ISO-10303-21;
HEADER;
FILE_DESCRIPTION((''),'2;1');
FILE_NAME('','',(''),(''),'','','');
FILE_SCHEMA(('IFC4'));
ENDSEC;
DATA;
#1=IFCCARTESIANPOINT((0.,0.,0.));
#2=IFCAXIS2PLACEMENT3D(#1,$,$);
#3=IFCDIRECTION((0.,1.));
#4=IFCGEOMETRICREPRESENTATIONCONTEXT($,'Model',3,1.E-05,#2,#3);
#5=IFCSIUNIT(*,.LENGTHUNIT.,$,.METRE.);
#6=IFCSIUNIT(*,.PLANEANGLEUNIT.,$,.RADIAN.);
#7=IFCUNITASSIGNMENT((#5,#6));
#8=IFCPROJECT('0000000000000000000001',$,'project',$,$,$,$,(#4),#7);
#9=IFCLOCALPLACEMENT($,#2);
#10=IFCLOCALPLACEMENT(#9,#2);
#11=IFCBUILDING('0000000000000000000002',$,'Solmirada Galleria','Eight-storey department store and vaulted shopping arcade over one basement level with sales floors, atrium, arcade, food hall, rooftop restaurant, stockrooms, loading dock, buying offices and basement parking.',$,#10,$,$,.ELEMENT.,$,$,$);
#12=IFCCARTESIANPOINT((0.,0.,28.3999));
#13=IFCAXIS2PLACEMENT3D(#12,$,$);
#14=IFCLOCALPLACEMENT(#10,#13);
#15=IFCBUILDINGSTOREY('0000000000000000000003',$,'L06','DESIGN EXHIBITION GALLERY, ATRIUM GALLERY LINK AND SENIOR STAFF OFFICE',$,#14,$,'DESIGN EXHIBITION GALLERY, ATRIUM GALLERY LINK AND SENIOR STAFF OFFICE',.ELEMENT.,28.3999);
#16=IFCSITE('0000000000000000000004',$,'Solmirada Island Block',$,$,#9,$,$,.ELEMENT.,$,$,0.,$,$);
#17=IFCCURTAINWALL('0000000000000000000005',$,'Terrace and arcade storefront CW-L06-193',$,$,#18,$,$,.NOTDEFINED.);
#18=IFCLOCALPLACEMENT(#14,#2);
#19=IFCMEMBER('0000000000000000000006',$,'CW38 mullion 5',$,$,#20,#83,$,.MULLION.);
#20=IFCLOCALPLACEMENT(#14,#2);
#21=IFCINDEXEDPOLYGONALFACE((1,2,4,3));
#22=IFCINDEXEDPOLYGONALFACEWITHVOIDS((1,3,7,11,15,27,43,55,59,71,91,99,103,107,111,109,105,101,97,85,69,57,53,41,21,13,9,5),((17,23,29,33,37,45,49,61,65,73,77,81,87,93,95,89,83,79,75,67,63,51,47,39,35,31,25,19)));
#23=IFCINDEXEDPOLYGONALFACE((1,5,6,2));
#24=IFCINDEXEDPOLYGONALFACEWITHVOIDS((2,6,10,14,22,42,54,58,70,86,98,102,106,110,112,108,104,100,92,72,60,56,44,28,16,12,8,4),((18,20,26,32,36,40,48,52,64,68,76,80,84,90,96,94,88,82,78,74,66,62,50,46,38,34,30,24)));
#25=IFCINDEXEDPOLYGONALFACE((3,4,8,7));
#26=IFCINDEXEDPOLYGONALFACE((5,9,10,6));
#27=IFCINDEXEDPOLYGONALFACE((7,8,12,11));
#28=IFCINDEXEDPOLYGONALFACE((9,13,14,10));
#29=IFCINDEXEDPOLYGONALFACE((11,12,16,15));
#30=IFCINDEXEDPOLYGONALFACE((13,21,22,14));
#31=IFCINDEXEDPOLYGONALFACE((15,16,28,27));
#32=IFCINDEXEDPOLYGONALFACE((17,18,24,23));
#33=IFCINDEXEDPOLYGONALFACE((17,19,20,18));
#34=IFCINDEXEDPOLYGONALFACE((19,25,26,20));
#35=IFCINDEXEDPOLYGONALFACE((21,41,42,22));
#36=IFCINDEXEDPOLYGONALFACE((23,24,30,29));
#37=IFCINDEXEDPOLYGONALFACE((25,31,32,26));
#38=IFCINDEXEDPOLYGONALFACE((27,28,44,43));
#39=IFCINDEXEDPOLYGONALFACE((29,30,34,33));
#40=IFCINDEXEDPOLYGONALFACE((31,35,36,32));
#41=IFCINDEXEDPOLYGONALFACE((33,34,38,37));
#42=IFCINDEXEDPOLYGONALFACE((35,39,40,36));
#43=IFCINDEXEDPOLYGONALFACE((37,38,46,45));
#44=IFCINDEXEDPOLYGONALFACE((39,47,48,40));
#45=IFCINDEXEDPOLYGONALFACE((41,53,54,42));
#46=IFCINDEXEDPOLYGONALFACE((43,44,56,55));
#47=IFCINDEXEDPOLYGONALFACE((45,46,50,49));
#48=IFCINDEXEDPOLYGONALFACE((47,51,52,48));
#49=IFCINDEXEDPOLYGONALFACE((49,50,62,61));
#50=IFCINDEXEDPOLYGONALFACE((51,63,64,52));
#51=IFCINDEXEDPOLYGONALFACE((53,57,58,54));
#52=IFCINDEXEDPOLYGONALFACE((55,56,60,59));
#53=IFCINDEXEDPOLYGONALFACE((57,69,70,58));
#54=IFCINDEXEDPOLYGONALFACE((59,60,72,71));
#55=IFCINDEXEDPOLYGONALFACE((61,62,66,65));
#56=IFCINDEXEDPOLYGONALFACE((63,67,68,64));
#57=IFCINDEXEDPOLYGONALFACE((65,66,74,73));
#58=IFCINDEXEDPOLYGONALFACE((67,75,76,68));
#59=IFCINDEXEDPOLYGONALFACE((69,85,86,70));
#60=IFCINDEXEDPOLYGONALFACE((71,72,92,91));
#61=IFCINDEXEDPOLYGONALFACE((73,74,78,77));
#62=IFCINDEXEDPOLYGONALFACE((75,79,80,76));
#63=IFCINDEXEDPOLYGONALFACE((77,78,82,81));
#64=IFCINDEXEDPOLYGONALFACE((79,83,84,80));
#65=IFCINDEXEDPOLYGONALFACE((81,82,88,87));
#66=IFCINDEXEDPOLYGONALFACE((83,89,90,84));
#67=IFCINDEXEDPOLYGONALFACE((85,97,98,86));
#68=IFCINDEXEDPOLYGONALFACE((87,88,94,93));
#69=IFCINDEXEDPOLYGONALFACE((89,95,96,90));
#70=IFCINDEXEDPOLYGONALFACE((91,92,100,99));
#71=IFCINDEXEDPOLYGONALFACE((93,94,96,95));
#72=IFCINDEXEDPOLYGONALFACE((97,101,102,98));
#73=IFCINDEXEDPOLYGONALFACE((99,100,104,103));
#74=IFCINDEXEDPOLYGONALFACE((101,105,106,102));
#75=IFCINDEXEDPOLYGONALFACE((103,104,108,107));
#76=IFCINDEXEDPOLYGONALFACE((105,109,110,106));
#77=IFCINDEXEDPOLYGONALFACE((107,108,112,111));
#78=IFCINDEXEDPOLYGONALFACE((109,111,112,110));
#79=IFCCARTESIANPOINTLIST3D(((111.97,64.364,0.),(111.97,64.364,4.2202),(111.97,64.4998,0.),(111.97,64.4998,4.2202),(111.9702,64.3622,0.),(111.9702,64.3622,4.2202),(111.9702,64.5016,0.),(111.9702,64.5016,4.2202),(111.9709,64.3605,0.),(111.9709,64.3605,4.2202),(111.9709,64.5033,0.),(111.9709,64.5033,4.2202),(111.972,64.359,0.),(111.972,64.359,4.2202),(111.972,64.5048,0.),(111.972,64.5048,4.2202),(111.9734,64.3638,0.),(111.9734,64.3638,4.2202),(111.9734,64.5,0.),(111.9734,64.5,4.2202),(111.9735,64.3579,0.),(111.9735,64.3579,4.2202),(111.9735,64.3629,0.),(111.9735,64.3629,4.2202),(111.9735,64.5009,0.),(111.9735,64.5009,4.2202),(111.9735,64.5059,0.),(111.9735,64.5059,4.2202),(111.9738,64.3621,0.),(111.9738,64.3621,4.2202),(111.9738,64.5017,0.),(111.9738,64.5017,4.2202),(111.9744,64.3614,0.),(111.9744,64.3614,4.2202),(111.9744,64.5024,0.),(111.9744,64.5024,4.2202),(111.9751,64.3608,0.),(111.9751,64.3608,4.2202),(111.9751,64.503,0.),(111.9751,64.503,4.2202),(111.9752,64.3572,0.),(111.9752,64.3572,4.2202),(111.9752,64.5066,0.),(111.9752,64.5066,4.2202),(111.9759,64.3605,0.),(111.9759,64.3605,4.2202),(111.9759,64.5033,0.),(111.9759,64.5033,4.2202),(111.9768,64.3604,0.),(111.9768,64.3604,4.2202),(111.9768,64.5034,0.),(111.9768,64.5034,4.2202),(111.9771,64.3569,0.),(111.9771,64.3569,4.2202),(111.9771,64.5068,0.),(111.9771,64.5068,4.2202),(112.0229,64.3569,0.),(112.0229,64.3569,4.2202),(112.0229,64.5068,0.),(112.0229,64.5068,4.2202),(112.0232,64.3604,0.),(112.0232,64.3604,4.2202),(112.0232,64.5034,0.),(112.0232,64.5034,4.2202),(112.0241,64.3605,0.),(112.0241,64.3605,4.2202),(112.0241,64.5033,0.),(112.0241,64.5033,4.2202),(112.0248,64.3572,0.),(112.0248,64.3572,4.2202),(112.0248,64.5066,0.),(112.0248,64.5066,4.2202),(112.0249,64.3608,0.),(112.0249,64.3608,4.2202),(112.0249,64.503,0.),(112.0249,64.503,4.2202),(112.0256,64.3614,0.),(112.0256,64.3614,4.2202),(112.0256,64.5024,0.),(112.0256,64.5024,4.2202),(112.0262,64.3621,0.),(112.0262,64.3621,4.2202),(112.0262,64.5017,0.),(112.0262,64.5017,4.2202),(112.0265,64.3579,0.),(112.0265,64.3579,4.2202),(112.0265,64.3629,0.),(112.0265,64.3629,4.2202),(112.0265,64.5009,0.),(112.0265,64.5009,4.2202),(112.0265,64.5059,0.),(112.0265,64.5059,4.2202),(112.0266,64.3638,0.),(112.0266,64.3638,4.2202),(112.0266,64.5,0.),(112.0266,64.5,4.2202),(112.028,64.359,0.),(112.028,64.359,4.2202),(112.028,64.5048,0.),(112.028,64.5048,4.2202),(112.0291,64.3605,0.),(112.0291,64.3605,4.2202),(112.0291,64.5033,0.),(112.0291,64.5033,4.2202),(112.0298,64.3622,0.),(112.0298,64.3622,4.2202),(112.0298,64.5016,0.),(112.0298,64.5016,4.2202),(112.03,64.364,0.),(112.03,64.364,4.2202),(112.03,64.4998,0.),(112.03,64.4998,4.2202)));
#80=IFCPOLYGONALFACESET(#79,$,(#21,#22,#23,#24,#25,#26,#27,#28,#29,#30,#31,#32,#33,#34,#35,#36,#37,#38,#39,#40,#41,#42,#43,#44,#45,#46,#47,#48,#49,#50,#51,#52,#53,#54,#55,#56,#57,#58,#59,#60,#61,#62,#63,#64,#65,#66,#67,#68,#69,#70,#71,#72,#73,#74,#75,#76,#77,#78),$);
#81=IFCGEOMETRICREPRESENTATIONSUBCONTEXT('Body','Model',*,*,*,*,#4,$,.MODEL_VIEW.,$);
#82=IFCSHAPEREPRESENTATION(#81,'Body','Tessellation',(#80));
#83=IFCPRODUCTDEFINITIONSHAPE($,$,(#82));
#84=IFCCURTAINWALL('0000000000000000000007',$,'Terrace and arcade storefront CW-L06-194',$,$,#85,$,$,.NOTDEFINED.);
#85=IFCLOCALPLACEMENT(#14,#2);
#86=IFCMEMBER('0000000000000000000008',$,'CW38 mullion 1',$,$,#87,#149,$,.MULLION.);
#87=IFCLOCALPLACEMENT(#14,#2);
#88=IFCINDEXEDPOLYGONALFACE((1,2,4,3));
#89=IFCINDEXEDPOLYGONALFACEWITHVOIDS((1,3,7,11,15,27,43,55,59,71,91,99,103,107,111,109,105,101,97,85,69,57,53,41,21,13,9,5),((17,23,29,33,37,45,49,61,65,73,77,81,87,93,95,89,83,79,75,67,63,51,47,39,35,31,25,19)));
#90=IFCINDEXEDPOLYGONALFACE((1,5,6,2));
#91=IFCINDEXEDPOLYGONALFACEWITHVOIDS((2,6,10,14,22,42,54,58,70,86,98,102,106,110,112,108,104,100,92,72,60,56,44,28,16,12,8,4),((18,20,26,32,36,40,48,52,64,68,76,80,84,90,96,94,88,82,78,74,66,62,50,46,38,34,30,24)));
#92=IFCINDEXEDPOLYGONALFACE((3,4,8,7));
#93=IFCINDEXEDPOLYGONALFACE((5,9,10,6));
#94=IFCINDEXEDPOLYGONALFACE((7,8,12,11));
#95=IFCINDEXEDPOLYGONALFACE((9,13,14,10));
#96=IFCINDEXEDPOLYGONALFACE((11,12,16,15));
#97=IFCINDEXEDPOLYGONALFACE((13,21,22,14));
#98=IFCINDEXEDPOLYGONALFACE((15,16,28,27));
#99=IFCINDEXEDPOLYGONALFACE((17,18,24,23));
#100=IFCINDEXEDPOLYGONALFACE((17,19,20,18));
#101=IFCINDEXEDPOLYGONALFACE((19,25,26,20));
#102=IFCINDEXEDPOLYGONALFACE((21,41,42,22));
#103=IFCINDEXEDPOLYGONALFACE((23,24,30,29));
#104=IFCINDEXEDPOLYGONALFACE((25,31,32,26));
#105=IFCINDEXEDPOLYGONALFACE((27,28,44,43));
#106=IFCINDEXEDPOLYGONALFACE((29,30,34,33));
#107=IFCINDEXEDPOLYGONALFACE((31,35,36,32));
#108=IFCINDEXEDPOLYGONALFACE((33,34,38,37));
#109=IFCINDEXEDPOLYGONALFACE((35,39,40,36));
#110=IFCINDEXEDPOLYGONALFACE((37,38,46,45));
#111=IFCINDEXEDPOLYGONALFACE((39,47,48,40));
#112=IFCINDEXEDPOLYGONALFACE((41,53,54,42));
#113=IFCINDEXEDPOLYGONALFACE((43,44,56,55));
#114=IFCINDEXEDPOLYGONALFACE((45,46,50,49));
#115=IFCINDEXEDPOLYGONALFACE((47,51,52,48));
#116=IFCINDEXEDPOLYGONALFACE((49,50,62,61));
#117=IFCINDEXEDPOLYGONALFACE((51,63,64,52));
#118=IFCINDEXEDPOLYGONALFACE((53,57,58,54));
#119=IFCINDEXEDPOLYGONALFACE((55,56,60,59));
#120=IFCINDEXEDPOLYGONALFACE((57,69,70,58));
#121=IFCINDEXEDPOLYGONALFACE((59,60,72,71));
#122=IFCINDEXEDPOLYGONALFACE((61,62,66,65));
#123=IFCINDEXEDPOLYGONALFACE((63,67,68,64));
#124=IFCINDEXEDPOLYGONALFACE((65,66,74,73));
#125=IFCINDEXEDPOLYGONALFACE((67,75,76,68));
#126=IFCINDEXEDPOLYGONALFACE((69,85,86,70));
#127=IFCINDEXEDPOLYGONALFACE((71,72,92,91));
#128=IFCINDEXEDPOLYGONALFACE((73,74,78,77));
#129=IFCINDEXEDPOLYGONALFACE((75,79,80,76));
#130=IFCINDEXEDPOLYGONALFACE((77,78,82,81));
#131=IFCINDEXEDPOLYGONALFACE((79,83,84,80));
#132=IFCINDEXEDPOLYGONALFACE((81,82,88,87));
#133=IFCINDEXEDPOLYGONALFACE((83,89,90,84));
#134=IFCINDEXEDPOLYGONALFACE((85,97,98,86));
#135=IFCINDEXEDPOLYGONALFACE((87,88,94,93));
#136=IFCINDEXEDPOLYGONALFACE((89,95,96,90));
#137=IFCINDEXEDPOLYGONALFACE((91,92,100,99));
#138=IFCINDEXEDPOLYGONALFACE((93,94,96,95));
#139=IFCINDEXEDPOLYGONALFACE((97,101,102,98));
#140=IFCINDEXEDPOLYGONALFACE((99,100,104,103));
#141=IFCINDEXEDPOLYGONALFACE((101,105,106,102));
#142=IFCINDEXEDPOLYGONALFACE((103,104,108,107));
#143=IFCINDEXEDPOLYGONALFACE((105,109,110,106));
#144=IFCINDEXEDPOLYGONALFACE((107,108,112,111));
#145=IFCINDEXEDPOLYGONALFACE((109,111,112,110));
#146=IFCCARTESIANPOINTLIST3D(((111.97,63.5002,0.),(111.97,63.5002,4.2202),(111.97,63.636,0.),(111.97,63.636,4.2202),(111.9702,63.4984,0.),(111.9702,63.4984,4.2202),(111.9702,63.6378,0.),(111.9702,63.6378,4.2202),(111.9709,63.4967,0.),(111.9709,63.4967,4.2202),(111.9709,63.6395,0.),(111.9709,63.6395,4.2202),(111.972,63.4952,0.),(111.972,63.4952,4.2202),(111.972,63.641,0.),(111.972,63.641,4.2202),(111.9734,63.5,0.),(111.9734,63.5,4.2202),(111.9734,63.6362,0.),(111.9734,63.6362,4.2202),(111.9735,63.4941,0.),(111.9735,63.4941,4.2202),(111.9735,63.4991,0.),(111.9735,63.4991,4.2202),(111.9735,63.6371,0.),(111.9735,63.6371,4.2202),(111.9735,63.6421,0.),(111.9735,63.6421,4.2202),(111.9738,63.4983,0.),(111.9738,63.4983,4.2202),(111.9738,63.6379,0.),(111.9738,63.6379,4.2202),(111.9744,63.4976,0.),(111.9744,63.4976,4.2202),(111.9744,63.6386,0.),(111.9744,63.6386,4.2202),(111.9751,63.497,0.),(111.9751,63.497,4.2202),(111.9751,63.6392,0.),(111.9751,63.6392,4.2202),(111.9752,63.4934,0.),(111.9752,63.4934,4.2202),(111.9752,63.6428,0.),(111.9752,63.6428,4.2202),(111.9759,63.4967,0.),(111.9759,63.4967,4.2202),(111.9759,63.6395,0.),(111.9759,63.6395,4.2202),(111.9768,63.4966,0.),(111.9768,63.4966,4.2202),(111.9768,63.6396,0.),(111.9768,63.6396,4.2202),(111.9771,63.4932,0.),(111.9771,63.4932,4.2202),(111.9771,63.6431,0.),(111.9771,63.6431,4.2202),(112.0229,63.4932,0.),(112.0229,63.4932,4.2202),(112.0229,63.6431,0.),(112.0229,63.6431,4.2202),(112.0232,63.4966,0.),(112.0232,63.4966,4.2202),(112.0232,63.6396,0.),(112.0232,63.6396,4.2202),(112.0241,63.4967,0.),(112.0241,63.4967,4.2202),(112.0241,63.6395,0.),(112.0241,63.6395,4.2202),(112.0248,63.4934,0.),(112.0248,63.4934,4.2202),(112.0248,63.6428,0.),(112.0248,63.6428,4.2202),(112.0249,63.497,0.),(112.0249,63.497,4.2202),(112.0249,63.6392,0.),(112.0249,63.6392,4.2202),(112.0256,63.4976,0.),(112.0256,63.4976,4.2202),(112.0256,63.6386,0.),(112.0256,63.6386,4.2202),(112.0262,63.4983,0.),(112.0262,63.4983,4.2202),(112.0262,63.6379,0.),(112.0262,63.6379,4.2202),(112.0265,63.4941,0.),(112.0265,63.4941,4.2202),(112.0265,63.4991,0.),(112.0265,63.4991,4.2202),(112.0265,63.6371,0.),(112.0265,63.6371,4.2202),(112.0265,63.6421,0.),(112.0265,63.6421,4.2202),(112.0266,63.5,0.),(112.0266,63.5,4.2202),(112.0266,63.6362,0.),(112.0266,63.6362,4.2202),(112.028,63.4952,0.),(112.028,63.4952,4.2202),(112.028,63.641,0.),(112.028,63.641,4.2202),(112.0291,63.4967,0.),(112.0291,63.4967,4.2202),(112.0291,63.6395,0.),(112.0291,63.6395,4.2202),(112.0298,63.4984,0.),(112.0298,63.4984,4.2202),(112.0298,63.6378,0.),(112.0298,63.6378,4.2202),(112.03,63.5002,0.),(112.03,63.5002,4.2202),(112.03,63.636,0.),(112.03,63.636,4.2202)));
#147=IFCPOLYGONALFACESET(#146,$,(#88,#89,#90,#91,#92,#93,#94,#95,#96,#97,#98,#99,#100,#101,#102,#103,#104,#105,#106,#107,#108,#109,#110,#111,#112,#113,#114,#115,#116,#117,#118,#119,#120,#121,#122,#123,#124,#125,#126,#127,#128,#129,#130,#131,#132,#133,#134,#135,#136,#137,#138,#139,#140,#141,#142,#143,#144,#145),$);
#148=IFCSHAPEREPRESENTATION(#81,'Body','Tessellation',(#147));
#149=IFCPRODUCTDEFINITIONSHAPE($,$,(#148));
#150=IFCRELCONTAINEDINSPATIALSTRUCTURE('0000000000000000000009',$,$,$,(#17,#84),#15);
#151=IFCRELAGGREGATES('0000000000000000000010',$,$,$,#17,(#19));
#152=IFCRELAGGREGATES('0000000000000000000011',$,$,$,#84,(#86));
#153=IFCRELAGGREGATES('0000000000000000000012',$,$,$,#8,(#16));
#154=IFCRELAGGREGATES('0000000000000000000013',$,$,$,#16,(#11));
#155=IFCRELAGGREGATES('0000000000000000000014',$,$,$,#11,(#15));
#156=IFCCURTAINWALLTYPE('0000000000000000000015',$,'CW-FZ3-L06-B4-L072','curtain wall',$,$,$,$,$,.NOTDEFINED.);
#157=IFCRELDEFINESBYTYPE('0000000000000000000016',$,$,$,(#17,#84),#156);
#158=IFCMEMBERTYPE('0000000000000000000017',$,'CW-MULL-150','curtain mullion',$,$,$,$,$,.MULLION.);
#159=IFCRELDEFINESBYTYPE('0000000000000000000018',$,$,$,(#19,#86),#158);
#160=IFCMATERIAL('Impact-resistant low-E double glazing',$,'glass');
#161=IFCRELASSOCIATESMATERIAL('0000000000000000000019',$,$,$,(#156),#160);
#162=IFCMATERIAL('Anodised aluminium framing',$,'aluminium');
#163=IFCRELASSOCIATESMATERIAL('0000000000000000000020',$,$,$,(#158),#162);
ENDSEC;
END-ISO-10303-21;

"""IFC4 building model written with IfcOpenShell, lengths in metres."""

from ifc_helpers import new_model, si_unit, direction, frame, origin, origin_2d, place, context, subcontext, project, spatial, hollow_rectangle, extrude, material, material_profile, profile_set, type_object, element, aggregate, save


model = new_model("IFC4")

# Units and contexts
model_context = context("Model", 3, precision=1e-05, world=origin(), true_north=direction((0.0, 1.0)))
body_context = subcontext(model_context, "Body", "Model", "MODEL_VIEW")
ifc_project = project(units=[si_unit("LENGTHUNIT", "METRE"), si_unit("PLANEANGLEUNIT", "RADIAN")], contexts=[model_context])

# Site, building, storey
site_placement = place(None, origin())
site = spatial("IfcSite", under=ifc_project, at=site_placement, Name="Solmirada Island Block", CompositionType="ELEMENT", RefElevation=0.0)
building_placement = place(site_placement, origin())
building = spatial("IfcBuilding", under=site, at=building_placement, Name="Solmirada Galleria", Description="Eight-storey department store and vaulted shopping arcade over one basement level with sales floors, atrium, arcade, food hall, rooftop restaurant, stockrooms, loading dock, buying offices and basement parking.", CompositionType="ELEMENT")
storey_placement = place(building_placement, frame((0.0, 0.0, 28.3999)))
storey = spatial("IfcBuildingStorey", under=building, at=storey_placement, Name="L06", Description="DESIGN EXHIBITION GALLERY, ATRIUM GALLERY LINK AND SENIOR STAFF OFFICE", LongName="DESIGN EXHIBITION GALLERY, ATRIUM GALLERY LINK AND SENIOR STAFF OFFICE", CompositionType="ELEMENT", Elevation=28.3999)

# Curtain walls, members
ifc_material_1 = material(Name="Impact-resistant low-E double glazing", Category="glass")
curtain_wall_type = type_object("IfcCurtainWallType", Name="CW-FZ3-L06-B4-L072", Description="curtain wall", PredefinedType="NOTDEFINED", material=ifc_material_1)
curtain_wall_1_placement = place(storey_placement, origin())
curtain_wall_1 = element("IfcCurtainWall", 1, at=curtain_wall_1_placement, inside=storey, type_object=curtain_wall_type, Name="Terrace and arcade storefront CW-L06-193", PredefinedType="NOTDEFINED")
ifc_material_2 = material(Name="Anodised aluminium framing", Category="aluminium")
ifc_material_profile_1 = material_profile(ifc_material_2, hollow_rectangle(XDim=0.0601, YDim=0.1499, WallThickness=0.0034, InnerFilletRadius=0.0034, OuterFilletRadius=0.0071, at=origin_2d()), Name="ALU-MULL-150X60")
ifc_profile_set_1 = profile_set([ifc_material_profile_1], Name="Anodised aluminium framing")
member_type_1 = type_object("IfcMemberType", Name="CW-MULL-150", Description="curtain mullion", PredefinedType="MULLION", material=ifc_profile_set_1)
member_1_placement = place(storey_placement, frame((112.0, 64.4319, 0.0), z_axis=(0.0, 0.0, 1.0), x_axis=(1.0, 0.0, 0.0)))
member_1 = element("IfcMember", 2, at=member_1_placement, type_object=member_type_1, Name="CW38 mullion 5", PredefinedType="MULLION", context=body_context, shape_type="SweptSolid", body=[
    extrude(hollow_rectangle(XDim=0.0601, YDim=0.1499, WallThickness=0.0034, InnerFilletRadius=0.0034, OuterFilletRadius=0.0071, at=origin_2d()), origin(), (0.0, 0.0, 1.0), 4.2202),
])
curtain_wall_2_placement = place(storey_placement, origin())
curtain_wall_2 = element("IfcCurtainWall", 3, at=curtain_wall_2_placement, inside=storey, type_object=curtain_wall_type, Name="Terrace and arcade storefront CW-L06-194", PredefinedType="NOTDEFINED")
member_2_placement = place(storey_placement, frame((112.0, 63.5681, 0.0), z_axis=(0.0, 0.0, 1.0), x_axis=(1.0, 0.0, 0.0)))
member_2 = element("IfcMember", 4, at=member_2_placement, type_object=member_type_1, Name="CW38 mullion 1", PredefinedType="MULLION", context=body_context, shape_type="SweptSolid", body=[
    extrude(hollow_rectangle(XDim=0.0601, YDim=0.1499, WallThickness=0.0034, InnerFilletRadius=0.0034, OuterFilletRadius=0.0071, at=origin_2d()), origin(), (0.0, 0.0, 1.0), 4.2202),
])

aggregate(curtain_wall_1, [member_1])
aggregate(curtain_wall_2, [member_2])

save(model, "model.ifc")
